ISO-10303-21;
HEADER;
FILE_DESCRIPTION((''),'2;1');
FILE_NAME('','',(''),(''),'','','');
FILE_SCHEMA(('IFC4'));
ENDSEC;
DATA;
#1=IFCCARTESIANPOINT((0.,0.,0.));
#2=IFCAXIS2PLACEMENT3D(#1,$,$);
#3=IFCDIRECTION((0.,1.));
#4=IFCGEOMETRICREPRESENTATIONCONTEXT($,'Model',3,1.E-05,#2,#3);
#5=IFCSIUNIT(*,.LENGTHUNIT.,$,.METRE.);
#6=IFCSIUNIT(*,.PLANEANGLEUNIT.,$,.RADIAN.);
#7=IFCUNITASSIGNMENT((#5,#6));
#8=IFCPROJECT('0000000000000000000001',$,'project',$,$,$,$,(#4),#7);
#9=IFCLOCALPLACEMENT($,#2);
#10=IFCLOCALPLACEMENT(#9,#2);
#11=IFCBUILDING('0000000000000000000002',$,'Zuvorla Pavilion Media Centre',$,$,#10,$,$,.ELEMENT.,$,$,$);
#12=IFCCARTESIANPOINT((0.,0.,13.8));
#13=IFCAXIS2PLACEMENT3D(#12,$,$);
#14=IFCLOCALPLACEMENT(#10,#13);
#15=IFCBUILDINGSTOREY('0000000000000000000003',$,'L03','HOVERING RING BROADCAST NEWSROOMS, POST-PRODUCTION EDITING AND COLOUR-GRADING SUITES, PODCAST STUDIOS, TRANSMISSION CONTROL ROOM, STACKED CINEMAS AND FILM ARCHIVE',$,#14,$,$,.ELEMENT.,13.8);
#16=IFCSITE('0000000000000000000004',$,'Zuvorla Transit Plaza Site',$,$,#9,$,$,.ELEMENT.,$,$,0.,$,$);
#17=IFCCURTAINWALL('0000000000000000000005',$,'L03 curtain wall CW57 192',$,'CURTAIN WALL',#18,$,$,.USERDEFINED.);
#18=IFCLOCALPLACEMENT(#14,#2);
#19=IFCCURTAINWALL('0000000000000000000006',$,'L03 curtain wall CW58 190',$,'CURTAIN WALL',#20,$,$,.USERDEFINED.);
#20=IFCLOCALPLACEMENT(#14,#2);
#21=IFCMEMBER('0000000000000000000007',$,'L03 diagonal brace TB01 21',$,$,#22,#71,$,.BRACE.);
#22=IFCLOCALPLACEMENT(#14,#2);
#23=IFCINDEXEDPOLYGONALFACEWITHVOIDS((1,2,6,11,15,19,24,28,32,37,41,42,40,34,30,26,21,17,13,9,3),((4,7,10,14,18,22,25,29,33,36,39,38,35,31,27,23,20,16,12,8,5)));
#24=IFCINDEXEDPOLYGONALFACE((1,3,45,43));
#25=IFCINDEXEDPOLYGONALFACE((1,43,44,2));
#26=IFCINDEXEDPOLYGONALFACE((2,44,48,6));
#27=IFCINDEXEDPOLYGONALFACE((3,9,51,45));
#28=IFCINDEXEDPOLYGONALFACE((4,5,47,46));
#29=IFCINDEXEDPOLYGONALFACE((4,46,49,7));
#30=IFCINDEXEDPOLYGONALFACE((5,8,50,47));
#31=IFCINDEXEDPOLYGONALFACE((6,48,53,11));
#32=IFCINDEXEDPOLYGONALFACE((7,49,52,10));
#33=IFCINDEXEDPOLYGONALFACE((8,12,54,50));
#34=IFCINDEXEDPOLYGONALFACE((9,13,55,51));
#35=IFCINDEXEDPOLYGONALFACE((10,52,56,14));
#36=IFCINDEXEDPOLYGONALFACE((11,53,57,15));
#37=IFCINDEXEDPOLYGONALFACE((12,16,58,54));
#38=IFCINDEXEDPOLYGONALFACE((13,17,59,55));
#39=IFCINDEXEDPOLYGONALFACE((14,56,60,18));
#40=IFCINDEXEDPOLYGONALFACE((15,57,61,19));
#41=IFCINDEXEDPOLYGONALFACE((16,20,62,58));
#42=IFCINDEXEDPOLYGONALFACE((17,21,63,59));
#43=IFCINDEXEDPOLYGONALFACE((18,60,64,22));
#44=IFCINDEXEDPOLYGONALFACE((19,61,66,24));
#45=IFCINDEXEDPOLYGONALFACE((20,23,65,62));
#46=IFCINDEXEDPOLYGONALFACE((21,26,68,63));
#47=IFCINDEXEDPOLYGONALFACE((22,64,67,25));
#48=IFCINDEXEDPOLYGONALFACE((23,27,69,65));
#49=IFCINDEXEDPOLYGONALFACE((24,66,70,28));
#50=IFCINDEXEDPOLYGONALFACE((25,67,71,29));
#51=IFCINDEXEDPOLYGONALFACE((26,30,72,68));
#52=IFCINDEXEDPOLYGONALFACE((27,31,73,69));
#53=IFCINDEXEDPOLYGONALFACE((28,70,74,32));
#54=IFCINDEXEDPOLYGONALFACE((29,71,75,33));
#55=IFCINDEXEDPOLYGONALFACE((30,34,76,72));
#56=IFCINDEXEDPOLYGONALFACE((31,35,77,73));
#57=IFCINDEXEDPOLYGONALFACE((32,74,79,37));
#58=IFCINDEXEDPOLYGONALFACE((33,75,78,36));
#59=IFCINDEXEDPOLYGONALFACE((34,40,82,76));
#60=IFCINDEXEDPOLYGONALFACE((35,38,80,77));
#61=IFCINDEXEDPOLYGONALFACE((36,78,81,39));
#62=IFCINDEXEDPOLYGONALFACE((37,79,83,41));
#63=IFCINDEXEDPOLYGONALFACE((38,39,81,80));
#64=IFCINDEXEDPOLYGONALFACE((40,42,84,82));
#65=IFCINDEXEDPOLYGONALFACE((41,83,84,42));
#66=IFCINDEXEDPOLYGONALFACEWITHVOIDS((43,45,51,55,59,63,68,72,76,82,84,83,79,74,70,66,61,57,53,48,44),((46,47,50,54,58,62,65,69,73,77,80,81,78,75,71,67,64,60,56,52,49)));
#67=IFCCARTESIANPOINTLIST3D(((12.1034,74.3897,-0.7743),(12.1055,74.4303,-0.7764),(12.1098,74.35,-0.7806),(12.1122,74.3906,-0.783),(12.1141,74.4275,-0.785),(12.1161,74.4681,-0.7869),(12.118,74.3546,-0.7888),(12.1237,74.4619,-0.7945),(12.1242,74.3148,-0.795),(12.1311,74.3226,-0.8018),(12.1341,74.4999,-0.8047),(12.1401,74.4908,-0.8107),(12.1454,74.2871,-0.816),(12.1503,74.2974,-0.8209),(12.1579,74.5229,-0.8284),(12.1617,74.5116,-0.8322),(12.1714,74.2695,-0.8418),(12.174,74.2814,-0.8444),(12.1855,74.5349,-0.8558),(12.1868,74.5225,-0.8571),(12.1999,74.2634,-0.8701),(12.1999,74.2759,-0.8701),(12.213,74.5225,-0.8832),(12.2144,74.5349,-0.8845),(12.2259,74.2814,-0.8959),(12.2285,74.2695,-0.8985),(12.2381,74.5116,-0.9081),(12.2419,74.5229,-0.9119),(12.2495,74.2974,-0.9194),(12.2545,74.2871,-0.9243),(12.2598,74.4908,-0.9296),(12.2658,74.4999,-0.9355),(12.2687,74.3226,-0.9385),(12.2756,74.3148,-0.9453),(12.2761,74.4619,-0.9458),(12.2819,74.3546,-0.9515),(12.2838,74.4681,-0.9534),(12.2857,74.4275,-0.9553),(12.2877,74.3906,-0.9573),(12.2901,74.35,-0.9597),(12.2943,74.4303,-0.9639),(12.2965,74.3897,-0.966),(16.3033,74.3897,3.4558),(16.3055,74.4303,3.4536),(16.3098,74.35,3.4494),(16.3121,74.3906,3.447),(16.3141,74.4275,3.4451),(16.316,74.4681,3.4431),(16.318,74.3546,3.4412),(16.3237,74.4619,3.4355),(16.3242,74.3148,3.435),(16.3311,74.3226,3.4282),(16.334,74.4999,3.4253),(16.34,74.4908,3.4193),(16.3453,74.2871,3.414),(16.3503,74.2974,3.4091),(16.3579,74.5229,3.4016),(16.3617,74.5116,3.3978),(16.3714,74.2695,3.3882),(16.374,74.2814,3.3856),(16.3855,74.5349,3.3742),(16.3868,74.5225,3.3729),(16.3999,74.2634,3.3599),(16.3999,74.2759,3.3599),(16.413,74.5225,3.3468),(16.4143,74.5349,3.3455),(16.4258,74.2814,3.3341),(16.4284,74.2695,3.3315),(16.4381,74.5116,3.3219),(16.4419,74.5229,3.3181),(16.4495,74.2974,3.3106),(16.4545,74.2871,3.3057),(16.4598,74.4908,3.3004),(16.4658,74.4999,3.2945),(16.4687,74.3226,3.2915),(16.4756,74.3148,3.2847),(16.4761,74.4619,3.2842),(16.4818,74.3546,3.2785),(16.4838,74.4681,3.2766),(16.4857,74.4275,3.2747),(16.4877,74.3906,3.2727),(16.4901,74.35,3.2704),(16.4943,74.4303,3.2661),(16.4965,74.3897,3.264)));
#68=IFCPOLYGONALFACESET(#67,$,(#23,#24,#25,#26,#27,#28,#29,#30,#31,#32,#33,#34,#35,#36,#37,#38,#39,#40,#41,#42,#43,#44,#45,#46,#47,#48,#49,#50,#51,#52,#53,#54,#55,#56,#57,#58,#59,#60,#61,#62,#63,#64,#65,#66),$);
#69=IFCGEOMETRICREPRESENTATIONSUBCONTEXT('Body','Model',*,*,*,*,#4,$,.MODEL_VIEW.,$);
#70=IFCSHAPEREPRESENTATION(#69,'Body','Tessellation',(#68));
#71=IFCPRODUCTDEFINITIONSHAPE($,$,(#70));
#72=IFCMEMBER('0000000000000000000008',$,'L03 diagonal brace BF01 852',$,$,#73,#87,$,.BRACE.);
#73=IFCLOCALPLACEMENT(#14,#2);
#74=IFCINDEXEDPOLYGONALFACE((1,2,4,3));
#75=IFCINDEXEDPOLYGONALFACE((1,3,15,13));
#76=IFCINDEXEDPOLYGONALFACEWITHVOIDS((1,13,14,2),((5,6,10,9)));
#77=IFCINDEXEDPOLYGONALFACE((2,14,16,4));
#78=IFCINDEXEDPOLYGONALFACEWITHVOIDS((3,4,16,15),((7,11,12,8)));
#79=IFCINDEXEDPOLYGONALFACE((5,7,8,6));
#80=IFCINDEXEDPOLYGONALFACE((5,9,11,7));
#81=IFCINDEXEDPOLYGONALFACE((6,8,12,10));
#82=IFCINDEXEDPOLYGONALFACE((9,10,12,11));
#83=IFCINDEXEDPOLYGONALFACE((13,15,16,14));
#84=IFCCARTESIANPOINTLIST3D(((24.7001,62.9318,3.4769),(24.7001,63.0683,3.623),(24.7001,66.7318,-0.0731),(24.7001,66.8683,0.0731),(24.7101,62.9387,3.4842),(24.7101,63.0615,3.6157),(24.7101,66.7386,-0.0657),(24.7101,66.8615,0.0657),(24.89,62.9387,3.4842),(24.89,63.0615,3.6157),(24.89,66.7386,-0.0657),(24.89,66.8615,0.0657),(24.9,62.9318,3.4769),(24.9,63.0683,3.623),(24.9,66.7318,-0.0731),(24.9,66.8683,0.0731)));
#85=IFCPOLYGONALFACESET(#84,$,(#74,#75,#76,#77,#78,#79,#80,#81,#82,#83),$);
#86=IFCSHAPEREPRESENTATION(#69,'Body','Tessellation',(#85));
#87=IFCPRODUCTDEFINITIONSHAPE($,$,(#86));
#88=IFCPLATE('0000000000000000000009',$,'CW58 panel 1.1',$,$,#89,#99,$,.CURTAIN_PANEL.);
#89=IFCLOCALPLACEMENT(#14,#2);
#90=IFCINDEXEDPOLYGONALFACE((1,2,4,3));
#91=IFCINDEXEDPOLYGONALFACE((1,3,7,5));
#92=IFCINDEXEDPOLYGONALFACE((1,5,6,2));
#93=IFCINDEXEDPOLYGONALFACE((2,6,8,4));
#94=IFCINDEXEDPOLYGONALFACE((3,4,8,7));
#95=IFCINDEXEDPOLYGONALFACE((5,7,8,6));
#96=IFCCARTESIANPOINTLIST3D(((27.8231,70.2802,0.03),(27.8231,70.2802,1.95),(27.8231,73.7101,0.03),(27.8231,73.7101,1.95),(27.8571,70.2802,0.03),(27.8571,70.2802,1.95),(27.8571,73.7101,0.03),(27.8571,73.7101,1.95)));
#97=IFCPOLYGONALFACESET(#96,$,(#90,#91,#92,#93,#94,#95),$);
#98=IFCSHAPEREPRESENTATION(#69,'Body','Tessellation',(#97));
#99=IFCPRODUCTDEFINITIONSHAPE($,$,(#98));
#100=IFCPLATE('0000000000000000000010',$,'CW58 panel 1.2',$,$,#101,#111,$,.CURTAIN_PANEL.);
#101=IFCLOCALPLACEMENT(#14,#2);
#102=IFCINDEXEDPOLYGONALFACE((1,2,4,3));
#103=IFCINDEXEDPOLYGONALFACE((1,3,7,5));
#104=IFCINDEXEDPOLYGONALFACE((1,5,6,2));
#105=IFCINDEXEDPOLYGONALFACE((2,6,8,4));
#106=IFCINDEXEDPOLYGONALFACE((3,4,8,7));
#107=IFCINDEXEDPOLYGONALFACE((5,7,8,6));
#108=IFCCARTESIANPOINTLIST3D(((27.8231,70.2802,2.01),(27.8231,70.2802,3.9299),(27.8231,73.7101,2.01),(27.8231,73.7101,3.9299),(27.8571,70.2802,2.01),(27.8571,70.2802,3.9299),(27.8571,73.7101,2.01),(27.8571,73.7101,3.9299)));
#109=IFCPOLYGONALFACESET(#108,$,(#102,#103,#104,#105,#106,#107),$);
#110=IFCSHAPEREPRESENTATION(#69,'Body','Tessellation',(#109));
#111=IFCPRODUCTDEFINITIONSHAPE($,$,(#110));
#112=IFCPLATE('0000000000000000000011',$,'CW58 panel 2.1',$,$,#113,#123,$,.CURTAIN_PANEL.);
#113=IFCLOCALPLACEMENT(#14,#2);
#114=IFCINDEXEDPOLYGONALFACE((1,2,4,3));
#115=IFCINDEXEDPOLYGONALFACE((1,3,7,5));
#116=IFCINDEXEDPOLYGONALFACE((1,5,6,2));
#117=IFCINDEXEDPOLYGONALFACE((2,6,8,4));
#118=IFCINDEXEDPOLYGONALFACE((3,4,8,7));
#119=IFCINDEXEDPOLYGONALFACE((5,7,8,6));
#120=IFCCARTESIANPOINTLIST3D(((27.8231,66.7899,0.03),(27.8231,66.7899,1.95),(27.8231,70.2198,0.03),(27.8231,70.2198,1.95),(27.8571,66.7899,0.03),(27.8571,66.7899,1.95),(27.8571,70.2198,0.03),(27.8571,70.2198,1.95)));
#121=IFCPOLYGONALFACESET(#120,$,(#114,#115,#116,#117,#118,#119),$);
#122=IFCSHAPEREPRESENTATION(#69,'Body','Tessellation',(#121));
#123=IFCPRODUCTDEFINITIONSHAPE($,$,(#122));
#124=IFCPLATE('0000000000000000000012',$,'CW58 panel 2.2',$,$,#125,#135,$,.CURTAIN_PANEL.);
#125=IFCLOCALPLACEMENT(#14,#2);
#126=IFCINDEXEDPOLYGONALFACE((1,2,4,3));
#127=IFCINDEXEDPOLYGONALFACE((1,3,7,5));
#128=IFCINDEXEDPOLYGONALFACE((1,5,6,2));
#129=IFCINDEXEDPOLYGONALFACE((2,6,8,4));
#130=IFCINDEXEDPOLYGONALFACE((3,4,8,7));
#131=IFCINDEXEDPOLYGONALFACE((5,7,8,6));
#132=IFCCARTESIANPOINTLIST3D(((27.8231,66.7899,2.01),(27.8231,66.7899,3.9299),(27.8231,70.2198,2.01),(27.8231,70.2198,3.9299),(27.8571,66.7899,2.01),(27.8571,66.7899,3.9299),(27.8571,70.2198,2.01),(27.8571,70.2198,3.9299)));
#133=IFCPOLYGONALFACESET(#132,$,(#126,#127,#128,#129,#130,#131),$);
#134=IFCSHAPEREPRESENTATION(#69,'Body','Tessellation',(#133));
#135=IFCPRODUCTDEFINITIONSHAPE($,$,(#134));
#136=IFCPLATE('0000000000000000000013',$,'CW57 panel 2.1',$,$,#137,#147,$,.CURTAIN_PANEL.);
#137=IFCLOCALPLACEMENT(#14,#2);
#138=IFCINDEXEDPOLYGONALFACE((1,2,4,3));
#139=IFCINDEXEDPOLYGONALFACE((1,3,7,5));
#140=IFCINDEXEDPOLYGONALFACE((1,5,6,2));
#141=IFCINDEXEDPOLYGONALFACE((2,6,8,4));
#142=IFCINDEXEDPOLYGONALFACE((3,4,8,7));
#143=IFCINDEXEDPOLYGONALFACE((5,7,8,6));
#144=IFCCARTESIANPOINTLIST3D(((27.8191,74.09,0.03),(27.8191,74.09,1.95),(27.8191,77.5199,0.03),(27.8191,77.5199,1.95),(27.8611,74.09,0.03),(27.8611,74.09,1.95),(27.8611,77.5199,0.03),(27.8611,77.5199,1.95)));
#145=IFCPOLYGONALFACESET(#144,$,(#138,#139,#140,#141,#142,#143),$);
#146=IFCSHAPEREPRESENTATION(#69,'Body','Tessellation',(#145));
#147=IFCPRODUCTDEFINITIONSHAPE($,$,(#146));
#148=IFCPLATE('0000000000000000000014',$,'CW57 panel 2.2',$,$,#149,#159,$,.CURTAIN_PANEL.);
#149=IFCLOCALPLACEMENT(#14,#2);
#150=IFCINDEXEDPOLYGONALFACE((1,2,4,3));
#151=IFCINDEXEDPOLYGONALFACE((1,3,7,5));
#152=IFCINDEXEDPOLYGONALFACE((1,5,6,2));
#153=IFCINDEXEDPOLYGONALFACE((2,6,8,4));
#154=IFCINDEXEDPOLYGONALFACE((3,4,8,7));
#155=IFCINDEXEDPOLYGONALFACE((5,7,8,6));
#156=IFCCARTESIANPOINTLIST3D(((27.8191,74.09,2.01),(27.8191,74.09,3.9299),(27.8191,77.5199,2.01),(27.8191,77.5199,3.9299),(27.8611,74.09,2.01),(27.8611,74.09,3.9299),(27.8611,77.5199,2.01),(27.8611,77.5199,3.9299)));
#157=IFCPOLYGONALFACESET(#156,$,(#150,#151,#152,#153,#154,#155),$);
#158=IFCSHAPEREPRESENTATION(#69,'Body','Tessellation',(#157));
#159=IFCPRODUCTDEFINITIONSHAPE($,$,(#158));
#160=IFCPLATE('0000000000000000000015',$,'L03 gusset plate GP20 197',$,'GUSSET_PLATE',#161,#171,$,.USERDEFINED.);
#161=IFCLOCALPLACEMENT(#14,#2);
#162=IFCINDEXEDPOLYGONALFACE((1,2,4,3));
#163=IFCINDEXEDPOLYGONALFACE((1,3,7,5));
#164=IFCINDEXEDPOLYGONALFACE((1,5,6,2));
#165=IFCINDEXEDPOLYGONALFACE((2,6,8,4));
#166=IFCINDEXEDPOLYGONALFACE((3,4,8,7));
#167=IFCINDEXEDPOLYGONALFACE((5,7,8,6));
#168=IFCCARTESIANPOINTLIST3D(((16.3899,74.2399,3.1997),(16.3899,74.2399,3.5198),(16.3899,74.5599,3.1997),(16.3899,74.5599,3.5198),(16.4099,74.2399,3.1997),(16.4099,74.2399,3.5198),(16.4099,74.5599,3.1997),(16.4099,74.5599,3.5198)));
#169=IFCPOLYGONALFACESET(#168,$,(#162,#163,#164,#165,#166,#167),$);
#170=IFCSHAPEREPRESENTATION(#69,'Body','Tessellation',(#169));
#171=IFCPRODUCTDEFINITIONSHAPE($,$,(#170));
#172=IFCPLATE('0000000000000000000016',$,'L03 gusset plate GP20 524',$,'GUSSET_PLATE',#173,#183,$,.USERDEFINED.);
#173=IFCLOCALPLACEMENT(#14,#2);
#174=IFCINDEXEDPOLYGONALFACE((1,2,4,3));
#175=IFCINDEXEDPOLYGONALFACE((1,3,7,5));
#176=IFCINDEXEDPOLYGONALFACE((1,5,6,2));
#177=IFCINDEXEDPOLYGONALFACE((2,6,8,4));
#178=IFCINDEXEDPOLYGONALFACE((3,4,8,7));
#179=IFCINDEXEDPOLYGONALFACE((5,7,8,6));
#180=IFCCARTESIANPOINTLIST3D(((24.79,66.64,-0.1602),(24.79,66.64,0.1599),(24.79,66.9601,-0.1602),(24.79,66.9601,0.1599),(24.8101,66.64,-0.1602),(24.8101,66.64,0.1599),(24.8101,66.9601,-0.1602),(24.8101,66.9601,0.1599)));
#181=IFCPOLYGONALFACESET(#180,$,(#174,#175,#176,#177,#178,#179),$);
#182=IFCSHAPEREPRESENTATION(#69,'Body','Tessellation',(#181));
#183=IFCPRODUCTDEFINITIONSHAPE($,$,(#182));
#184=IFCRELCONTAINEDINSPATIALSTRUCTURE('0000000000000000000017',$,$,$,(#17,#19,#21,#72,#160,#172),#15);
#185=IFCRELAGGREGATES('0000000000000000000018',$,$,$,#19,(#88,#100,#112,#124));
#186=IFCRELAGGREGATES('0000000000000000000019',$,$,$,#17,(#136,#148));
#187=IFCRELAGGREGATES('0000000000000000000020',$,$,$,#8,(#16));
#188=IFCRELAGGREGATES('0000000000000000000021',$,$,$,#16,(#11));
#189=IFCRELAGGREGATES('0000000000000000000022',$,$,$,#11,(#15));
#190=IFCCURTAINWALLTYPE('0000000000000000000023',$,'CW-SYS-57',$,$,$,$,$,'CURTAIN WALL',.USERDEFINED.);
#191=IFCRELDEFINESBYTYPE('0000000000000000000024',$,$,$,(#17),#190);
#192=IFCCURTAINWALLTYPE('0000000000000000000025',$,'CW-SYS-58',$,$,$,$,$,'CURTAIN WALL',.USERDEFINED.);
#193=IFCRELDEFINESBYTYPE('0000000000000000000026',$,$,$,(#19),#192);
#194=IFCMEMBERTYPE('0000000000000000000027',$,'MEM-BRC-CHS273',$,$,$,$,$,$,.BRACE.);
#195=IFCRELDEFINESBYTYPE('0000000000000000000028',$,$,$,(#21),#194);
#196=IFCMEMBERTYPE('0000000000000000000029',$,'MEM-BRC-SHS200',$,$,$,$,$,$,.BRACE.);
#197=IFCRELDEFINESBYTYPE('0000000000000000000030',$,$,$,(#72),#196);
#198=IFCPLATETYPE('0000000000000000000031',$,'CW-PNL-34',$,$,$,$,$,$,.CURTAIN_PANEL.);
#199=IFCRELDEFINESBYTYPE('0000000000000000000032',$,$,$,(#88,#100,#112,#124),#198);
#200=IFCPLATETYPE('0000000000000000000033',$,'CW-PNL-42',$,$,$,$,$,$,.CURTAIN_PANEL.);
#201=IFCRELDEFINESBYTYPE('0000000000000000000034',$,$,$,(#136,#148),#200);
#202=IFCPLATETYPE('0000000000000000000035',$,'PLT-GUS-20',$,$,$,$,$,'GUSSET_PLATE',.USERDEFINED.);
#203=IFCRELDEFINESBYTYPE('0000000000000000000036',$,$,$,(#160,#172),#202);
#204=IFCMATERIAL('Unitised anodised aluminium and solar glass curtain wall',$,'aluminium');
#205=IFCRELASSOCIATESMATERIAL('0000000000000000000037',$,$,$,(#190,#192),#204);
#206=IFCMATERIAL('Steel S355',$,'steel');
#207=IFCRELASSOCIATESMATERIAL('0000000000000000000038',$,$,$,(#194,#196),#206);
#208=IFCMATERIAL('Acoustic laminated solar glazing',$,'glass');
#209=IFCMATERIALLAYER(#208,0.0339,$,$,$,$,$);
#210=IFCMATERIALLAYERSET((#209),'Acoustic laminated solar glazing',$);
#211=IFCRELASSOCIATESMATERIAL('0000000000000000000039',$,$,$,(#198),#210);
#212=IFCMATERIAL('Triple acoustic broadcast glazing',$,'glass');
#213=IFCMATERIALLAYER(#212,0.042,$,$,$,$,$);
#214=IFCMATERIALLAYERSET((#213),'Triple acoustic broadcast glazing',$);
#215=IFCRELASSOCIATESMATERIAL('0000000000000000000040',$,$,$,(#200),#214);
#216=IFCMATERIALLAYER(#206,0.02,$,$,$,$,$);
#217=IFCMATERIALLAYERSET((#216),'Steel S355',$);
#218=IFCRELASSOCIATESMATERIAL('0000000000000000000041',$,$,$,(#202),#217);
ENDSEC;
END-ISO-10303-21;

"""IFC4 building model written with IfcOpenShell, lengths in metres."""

from ifc_helpers import new_model, si_unit, direction, frame, origin, origin_2d, place, context, subcontext, project, spatial, rectangle, hollow_rectangle, hollow_circle, extrude, material, layer, layer_set, material_profile, profile_set, type_object, element, aggregate, save


model = new_model("IFC4")

# Units and contexts
model_context = context("Model", 3, precision=1e-05, world=origin(), true_north=direction((0.0, 1.0)))
body_context = subcontext(model_context, "Body", "Model", "MODEL_VIEW")
ifc_project = project(units=[si_unit("LENGTHUNIT", "METRE"), si_unit("PLANEANGLEUNIT", "RADIAN")], contexts=[model_context])

# Site, building, storey
site_placement = place(None, origin())
site = spatial("IfcSite", under=ifc_project, at=site_placement, Name="Zuvorla Transit Plaza Site", CompositionType="ELEMENT", RefElevation=0.0)
building_placement = place(site_placement, origin())
building = spatial("IfcBuilding", under=site, at=building_placement, Name="Zuvorla Pavilion Media Centre", CompositionType="ELEMENT")
storey_placement = place(building_placement, frame((0.0, 0.0, 13.8)))
storey = spatial("IfcBuildingStorey", under=building, at=storey_placement, Name="L03", Description="HOVERING RING BROADCAST NEWSROOMS, POST-PRODUCTION EDITING AND COLOUR-GRADING SUITES, PODCAST STUDIOS, TRANSMISSION CONTROL ROOM, STACKED CINEMAS AND FILM ARCHIVE", CompositionType="ELEMENT", Elevation=13.8)

# Shared definitions
ifc_material_1 = material(Name="Steel S355", Category="steel")

# Curtain wall
ifc_material_2 = material(Name="Unitised anodised aluminium and solar glass curtain wall", Category="aluminium")
curtain_wall_type_1 = type_object("IfcCurtainWallType", Name="CW-SYS-57", ElementType="CURTAIN WALL", PredefinedType="USERDEFINED", material=ifc_material_2)
curtain_wall_1_placement = place(storey_placement, origin())
curtain_wall_1 = element("IfcCurtainWall", 1, at=curtain_wall_1_placement, inside=storey, type_object=curtain_wall_type_1, Name="L03 curtain wall CW57 192", ObjectType="CURTAIN WALL", PredefinedType="USERDEFINED")

# Curtain wall
curtain_wall_type_2 = type_object("IfcCurtainWallType", Name="CW-SYS-58", ElementType="CURTAIN WALL", PredefinedType="USERDEFINED", material=ifc_material_2)
curtain_wall_2_placement = place(storey_placement, origin())
curtain_wall_2 = element("IfcCurtainWall", 2, at=curtain_wall_2_placement, inside=storey, type_object=curtain_wall_type_2, Name="L03 curtain wall CW58 190", ObjectType="CURTAIN WALL", PredefinedType="USERDEFINED")

# Members
ifc_material_profile_1 = material_profile(ifc_material_1, hollow_circle(Radius=0.1365, WallThickness=0.0125, at=origin_2d()), Name="CHS 273x12.5")
ifc_profile_set_1 = profile_set([ifc_material_profile_1], Name="Steel S355")
member_type_1 = type_object("IfcMemberType", Name="MEM-BRC-CHS273", PredefinedType="BRACE", material=ifc_profile_set_1)
member_1_placement = place(storey_placement, frame((16.3999, 74.3999, 3.3599), z_axis=(-0.704583, 0.0, -0.709621), x_axis=(0.0, -1.0, 0.0)))
element("IfcMember", 3, at=member_1_placement, inside=storey, type_object=member_type_1, Name="L03 diagonal brace TB01 21", PredefinedType="BRACE", context=body_context, shape_type="SweptSolid", body=[
    extrude(hollow_circle(Radius=0.1365, WallThickness=0.0125, at=origin_2d()), origin(), (0.0, 0.0, 1.0), 5.9609),
])
ifc_material_profile_2 = material_profile(ifc_material_1, hollow_rectangle(XDim=0.2, YDim=0.2, WallThickness=0.01, at=origin_2d()), Name="SHS 200x200x10")
ifc_profile_set_2 = profile_set([ifc_material_profile_2], Name="Steel S355")
member_type_2 = type_object("IfcMemberType", Name="MEM-BRC-SHS200", PredefinedType="BRACE", material=ifc_profile_set_2)
member_2_placement = place(storey_placement, frame((24.8, 66.8, 0.0), z_axis=(0.0, -0.730735, 0.682661), x_axis=(1.0, 0.0, 0.0)))
element("IfcMember", 4, at=member_2_placement, inside=storey, type_object=member_type_2, Name="L03 diagonal brace BF01 852", PredefinedType="BRACE", context=body_context, shape_type="SweptSolid", body=[
    extrude(hollow_rectangle(XDim=0.2, YDim=0.2, WallThickness=0.01, at=origin_2d()), origin(), (0.0, 0.0, 1.0), 5.2002),
])

# Plates
ifc_material_3 = material(Name="Acoustic laminated solar glazing", Category="glass")
ifc_layer_1 = layer(ifc_material_3, 0.0339)
ifc_layer_set_1 = layer_set([ifc_layer_1], Name="Acoustic laminated solar glazing")
plate_type_1 = type_object("IfcPlateType", Name="CW-PNL-34", PredefinedType="CURTAIN_PANEL", material=ifc_layer_set_1)
plate_1_placement = place(storey_placement, frame((27.8401, 71.9951, 0.03), z_axis=(0.0, 0.0, 1.0), x_axis=(0.0, -1.0, 0.0)))
plate_1 = element("IfcPlate", 5, at=plate_1_placement, type_object=plate_type_1, Name="CW58 panel 1.1", PredefinedType="CURTAIN_PANEL", context=body_context, shape_type="SweptSolid", body=[
    extrude(rectangle(XDim=3.4299, YDim=0.0339, at=origin_2d()), origin(), (0.0, 0.0, 1.0), 1.9199),
])
plate_2_placement = place(storey_placement, frame((27.8401, 71.9951, 2.01), z_axis=(0.0, 0.0, 1.0), x_axis=(0.0, -1.0, 0.0)))
plate_2 = element("IfcPlate", 6, at=plate_2_placement, type_object=plate_type_1, Name="CW58 panel 1.2", PredefinedType="CURTAIN_PANEL", context=body_context, shape_type="SweptSolid", body=[
    extrude(rectangle(XDim=3.4299, YDim=0.0339, at=origin_2d()), origin(), (0.0, 0.0, 1.0), 1.9199),
])
plate_3_placement = place(storey_placement, frame((27.8401, 68.5049, 0.03), z_axis=(0.0, 0.0, 1.0), x_axis=(0.0, -1.0, 0.0)))
plate_3 = element("IfcPlate", 7, at=plate_3_placement, type_object=plate_type_1, Name="CW58 panel 2.1", PredefinedType="CURTAIN_PANEL", context=body_context, shape_type="SweptSolid", body=[
    extrude(rectangle(XDim=3.4299, YDim=0.0339, at=origin_2d()), origin(), (0.0, 0.0, 1.0), 1.9199),
])
plate_4_placement = place(storey_placement, frame((27.8401, 68.5049, 2.01), z_axis=(0.0, 0.0, 1.0), x_axis=(0.0, -1.0, 0.0)))
plate_4 = element("IfcPlate", 8, at=plate_4_placement, type_object=plate_type_1, Name="CW58 panel 2.2", PredefinedType="CURTAIN_PANEL", context=body_context, shape_type="SweptSolid", body=[
    extrude(rectangle(XDim=3.4299, YDim=0.0339, at=origin_2d()), origin(), (0.0, 0.0, 1.0), 1.9199),
])
aggregate(curtain_wall_2, [plate_1, plate_2, plate_3, plate_4])
ifc_material_4 = material(Name="Triple acoustic broadcast glazing", Category="glass")
ifc_layer_2 = layer(ifc_material_4, 0.042)
ifc_layer_set_2 = layer_set([ifc_layer_2], Name="Triple acoustic broadcast glazing")
plate_type_2 = type_object("IfcPlateType", Name="CW-PNL-42", PredefinedType="CURTAIN_PANEL", material=ifc_layer_set_2)
plate_5_placement = place(storey_placement, frame((27.8401, 75.8049, 0.03), z_axis=(0.0, 0.0, 1.0), x_axis=(0.0, -1.0, 0.0)))
plate_5 = element("IfcPlate", 9, at=plate_5_placement, type_object=plate_type_2, Name="CW57 panel 2.1", PredefinedType="CURTAIN_PANEL", context=body_context, shape_type="SweptSolid", body=[
    extrude(rectangle(XDim=3.4299, YDim=0.042, at=origin_2d()), origin(), (0.0, 0.0, 1.0), 1.9199),
])
plate_6_placement = place(storey_placement, frame((27.8401, 75.8049, 2.01), z_axis=(0.0, 0.0, 1.0), x_axis=(0.0, -1.0, 0.0)))
plate_6 = element("IfcPlate", 10, at=plate_6_placement, type_object=plate_type_2, Name="CW57 panel 2.2", PredefinedType="CURTAIN_PANEL", context=body_context, shape_type="SweptSolid", body=[
    extrude(rectangle(XDim=3.4299, YDim=0.042, at=origin_2d()), origin(), (0.0, 0.0, 1.0), 1.9199),
])
aggregate(curtain_wall_1, [plate_5, plate_6])

# Plates
ifc_layer_3 = layer(ifc_material_1, 0.02)
ifc_layer_set_3 = layer_set([ifc_layer_3], Name="Steel S355")
plate_type_3 = type_object("IfcPlateType", Name="PLT-GUS-20", ElementType="GUSSET_PLATE", PredefinedType="USERDEFINED", material=ifc_layer_set_3)
for number, where, z_axis, x_axis, name in (
    (11, (16.3999, 74.3999, 3.1997), (0.0, 0.0, 1.0), (1.0, 0.0, 0.0), "L03 gusset plate GP20 197"),
    (12, (24.8, 66.8, -0.1602), (0.0, 0.0, 1.0), (1.0, 0.0, 0.0), "L03 gusset plate GP20 524"),
):
    element("IfcPlate", number, at=place(storey_placement, frame(where, z_axis=z_axis, x_axis=x_axis)), inside=storey, type_object=plate_type_3, Name=name, ObjectType="GUSSET_PLATE", PredefinedType="USERDEFINED", context=body_context, shape_type="SweptSolid", body=[
        extrude(rectangle(XDim=0.02, YDim=0.3201, at=origin_2d()), origin(), (0.0, 0.0, 1.0), 0.3201),
    ])

save(model, "model.ifc")
